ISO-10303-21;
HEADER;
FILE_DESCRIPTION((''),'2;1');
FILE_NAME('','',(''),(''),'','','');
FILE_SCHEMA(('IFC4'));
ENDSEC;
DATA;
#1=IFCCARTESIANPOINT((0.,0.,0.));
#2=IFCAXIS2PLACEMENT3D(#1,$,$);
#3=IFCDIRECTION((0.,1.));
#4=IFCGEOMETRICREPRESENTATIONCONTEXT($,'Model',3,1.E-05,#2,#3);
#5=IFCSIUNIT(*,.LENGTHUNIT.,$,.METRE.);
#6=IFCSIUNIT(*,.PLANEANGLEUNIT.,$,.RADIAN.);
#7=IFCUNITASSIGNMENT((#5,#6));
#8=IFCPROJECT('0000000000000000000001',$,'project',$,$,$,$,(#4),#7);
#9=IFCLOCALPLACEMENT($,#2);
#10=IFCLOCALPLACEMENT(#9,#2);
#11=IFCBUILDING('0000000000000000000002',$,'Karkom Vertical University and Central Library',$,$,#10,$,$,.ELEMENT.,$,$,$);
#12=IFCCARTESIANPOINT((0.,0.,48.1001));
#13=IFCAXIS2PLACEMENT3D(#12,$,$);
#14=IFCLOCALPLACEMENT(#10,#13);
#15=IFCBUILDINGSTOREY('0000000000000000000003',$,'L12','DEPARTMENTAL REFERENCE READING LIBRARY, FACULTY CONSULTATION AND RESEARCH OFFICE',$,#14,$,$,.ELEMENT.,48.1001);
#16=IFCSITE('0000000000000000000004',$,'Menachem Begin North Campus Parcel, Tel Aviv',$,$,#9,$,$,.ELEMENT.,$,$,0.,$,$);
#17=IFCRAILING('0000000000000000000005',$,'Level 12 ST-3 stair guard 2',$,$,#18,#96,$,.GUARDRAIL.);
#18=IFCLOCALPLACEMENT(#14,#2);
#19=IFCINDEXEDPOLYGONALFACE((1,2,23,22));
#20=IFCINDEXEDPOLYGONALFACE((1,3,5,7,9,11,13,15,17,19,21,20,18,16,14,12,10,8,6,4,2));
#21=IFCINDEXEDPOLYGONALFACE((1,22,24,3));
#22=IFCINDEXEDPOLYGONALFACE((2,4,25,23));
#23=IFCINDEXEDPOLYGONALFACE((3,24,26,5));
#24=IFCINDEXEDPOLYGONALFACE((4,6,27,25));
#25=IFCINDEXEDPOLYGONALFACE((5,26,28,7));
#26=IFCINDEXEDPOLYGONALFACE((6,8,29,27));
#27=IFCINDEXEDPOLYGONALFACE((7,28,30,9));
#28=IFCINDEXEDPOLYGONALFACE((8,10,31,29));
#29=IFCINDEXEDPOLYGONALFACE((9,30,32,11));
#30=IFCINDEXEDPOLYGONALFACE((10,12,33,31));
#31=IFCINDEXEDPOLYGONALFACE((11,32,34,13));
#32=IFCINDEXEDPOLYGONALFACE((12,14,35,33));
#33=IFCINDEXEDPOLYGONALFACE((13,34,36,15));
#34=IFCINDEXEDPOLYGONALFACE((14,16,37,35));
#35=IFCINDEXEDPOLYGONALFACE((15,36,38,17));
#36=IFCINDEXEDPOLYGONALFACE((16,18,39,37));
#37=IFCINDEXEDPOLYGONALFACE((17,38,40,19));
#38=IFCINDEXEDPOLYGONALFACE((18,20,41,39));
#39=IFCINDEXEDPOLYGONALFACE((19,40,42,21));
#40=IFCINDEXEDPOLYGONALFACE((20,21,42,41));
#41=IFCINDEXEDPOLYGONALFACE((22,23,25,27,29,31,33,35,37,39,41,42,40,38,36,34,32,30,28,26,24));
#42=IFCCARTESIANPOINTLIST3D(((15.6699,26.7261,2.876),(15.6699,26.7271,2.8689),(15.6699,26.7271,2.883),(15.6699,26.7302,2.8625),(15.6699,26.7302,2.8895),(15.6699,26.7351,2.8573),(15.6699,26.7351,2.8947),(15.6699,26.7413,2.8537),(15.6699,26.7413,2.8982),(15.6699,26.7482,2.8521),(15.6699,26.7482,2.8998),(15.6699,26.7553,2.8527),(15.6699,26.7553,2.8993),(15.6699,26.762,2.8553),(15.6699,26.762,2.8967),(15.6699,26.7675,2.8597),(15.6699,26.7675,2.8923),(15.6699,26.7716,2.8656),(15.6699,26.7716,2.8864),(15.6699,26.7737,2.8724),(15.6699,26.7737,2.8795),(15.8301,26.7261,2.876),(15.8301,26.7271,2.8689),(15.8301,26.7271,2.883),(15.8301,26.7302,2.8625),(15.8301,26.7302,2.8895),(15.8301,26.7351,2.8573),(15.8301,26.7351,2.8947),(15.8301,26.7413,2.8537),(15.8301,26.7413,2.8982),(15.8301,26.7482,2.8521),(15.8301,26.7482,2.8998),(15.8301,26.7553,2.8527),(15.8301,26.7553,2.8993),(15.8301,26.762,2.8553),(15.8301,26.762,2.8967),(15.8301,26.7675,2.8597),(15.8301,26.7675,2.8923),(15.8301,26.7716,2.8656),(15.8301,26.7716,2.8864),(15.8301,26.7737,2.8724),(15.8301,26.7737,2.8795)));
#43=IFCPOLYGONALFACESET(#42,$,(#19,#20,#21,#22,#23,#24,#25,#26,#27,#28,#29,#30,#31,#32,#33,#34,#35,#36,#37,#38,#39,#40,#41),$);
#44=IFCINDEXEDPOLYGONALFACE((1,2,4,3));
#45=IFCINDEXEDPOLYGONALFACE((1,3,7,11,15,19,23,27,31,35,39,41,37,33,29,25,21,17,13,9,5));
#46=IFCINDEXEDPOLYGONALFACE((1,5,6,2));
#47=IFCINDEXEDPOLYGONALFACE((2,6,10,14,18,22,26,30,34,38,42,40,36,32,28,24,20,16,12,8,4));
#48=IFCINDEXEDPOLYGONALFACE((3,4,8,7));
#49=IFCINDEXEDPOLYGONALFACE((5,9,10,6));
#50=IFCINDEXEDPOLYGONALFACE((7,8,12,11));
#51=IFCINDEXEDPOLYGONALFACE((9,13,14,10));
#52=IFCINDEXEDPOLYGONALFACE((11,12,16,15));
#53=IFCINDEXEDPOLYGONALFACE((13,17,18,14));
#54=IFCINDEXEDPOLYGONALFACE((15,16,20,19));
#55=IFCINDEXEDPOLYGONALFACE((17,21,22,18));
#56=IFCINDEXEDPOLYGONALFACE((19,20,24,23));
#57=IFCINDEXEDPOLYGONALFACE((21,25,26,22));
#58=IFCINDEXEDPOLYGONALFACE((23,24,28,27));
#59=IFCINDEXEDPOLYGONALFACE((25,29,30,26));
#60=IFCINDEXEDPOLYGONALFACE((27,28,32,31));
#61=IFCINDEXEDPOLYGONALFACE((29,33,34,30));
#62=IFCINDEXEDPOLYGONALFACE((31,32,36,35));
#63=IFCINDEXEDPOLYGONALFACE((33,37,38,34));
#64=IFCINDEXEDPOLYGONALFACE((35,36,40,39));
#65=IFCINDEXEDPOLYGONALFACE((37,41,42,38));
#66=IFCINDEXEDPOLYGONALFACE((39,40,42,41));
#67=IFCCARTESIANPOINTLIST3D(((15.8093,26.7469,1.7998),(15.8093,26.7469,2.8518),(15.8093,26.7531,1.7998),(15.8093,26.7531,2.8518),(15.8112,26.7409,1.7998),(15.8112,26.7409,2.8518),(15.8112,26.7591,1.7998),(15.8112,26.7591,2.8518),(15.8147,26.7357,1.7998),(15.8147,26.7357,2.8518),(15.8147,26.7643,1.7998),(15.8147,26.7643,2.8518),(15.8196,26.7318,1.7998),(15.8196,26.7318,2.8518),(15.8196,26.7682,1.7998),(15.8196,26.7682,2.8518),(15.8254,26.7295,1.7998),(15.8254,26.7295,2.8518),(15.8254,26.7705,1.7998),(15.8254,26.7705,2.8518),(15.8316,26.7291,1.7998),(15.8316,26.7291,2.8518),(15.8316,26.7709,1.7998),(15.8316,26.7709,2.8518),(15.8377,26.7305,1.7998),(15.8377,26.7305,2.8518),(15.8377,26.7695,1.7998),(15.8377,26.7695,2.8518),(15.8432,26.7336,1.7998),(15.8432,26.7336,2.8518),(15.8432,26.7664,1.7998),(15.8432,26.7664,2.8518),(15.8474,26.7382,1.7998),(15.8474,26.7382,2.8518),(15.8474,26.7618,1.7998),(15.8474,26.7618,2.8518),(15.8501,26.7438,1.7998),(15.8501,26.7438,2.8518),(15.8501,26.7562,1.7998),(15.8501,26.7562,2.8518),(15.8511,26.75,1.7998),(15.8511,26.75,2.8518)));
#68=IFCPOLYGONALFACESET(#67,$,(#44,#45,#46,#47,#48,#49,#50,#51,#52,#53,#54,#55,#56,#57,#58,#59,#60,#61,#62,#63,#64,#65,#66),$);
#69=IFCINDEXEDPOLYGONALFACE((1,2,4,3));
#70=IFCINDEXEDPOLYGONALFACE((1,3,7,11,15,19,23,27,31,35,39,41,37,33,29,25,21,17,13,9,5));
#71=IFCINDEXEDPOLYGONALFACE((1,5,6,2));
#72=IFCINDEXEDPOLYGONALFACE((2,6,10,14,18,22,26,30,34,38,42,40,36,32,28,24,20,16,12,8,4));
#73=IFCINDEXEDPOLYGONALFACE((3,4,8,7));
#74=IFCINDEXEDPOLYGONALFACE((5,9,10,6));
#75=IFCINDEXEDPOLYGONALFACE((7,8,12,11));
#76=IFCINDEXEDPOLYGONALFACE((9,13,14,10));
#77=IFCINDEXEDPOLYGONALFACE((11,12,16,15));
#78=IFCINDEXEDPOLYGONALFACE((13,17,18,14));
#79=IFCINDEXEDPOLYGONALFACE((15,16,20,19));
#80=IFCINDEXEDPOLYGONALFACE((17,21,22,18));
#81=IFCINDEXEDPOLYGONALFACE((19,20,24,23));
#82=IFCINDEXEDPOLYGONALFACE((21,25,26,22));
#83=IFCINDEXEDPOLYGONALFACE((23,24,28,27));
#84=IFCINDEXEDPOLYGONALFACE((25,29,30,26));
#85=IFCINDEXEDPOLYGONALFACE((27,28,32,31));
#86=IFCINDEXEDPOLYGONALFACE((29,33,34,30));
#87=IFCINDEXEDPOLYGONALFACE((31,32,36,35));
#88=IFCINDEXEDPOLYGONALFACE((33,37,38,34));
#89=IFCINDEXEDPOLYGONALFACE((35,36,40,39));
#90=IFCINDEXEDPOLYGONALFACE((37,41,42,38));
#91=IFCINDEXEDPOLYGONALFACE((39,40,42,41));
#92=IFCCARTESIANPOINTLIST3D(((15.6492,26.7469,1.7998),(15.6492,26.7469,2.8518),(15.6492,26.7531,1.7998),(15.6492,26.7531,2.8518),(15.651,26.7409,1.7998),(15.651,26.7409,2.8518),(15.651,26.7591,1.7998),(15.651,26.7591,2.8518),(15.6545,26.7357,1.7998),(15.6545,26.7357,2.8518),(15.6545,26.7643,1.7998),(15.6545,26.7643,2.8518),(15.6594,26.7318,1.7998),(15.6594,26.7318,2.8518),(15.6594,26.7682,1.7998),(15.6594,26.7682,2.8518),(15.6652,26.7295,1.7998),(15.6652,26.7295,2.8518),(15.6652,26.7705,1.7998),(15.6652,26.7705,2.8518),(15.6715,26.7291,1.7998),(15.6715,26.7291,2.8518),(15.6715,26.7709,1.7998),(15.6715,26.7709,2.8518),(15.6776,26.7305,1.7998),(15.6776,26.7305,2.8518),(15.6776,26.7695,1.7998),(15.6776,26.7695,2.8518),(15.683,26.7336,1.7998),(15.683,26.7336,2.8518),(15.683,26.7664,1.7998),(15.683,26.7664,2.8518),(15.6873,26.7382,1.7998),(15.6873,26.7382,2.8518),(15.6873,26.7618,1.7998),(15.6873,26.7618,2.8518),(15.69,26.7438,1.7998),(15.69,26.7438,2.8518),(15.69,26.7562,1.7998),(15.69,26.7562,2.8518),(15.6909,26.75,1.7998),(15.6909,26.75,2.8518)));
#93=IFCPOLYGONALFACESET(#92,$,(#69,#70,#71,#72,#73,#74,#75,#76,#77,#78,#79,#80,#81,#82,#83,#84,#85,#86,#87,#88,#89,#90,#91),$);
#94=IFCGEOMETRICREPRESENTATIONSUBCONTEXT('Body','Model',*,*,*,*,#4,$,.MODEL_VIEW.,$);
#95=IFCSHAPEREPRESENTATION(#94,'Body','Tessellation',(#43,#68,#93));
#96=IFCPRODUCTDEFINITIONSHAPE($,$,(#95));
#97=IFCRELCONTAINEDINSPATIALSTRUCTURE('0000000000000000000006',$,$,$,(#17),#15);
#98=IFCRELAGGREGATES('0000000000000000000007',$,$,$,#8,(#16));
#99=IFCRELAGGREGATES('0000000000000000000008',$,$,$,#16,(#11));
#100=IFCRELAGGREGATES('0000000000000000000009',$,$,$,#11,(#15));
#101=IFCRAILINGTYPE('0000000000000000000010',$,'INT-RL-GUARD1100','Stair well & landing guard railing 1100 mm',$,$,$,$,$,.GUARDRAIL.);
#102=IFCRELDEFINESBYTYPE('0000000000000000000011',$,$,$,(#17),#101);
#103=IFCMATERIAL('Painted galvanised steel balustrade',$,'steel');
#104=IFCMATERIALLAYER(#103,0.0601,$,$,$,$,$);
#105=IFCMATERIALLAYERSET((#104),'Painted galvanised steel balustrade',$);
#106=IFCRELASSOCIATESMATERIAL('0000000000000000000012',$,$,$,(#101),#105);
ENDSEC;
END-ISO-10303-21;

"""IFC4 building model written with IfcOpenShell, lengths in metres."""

from ifc_helpers import new_model, si_unit, direction, frame, origin, origin_2d, place, context, subcontext, project, spatial, circle, extrude, material, layer, layer_set, type_object, element, save


model = new_model("IFC4")

# Units and contexts
model_context = context("Model", 3, precision=1e-05, world=origin(), true_north=direction((0.0, 1.0)))
body_context = subcontext(model_context, "Body", "Model", "MODEL_VIEW")
ifc_project = project(units=[si_unit("LENGTHUNIT", "METRE"), si_unit("PLANEANGLEUNIT", "RADIAN")], contexts=[model_context])

# Site, building, storey
site_placement = place(None, origin())
site = spatial("IfcSite", under=ifc_project, at=site_placement, Name="Menachem Begin North Campus Parcel, Tel Aviv", CompositionType="ELEMENT", RefElevation=0.0)
building_placement = place(site_placement, origin())
building = spatial("IfcBuilding", under=site, at=building_placement, Name="Karkom Vertical University and Central Library", CompositionType="ELEMENT")
storey_placement = place(building_placement, frame((0.0, 0.0, 48.1001)))
storey = spatial("IfcBuildingStorey", under=building, at=storey_placement, Name="L12", Description="DEPARTMENTAL REFERENCE READING LIBRARY, FACULTY CONSULTATION AND RESEARCH OFFICE", CompositionType="ELEMENT", Elevation=48.1001)

# Railing
ifc_material_1 = material(Name="Painted galvanised steel balustrade", Category="steel")
ifc_layer_1 = layer(ifc_material_1, 0.0601)
ifc_layer_set_1 = layer_set([ifc_layer_1], Name="Painted galvanised steel balustrade")
railing_type_1 = type_object("IfcRailingType", Name="INT-RL-GUARD1100", Description="Stair well & landing guard railing 1100 mm", PredefinedType="GUARDRAIL", material=ifc_layer_set_1)
railing_1_placement = place(storey_placement, frame((15.8301, 26.75, 1.7998)))
element("IfcRailing", 1, at=railing_1_placement, inside=storey, type_object=railing_type_1, Name="Level 12 ST-3 stair guard 2", PredefinedType="GUARDRAIL", context=body_context, shape_type="SweptSolid", body=[
    extrude(circle(Radius=0.0239, at=origin_2d()), frame((0.0, 0.0, 1.0762), z_axis=(-1.0, 0.0, 0.0), x_axis=(0.0, -1.0, 0.0)), (0.0, 0.0, 1.0), 0.1602),
    extrude(circle(Radius=0.021, at=origin_2d()), origin(), (0.0, 0.0, 1.0), 1.052),
    extrude(circle(Radius=0.021, at=origin_2d()), frame((-0.1602, 0.0, 0.0)), (0.0, 0.0, 1.0), 1.052),
])

save(model, "model.ifc")
